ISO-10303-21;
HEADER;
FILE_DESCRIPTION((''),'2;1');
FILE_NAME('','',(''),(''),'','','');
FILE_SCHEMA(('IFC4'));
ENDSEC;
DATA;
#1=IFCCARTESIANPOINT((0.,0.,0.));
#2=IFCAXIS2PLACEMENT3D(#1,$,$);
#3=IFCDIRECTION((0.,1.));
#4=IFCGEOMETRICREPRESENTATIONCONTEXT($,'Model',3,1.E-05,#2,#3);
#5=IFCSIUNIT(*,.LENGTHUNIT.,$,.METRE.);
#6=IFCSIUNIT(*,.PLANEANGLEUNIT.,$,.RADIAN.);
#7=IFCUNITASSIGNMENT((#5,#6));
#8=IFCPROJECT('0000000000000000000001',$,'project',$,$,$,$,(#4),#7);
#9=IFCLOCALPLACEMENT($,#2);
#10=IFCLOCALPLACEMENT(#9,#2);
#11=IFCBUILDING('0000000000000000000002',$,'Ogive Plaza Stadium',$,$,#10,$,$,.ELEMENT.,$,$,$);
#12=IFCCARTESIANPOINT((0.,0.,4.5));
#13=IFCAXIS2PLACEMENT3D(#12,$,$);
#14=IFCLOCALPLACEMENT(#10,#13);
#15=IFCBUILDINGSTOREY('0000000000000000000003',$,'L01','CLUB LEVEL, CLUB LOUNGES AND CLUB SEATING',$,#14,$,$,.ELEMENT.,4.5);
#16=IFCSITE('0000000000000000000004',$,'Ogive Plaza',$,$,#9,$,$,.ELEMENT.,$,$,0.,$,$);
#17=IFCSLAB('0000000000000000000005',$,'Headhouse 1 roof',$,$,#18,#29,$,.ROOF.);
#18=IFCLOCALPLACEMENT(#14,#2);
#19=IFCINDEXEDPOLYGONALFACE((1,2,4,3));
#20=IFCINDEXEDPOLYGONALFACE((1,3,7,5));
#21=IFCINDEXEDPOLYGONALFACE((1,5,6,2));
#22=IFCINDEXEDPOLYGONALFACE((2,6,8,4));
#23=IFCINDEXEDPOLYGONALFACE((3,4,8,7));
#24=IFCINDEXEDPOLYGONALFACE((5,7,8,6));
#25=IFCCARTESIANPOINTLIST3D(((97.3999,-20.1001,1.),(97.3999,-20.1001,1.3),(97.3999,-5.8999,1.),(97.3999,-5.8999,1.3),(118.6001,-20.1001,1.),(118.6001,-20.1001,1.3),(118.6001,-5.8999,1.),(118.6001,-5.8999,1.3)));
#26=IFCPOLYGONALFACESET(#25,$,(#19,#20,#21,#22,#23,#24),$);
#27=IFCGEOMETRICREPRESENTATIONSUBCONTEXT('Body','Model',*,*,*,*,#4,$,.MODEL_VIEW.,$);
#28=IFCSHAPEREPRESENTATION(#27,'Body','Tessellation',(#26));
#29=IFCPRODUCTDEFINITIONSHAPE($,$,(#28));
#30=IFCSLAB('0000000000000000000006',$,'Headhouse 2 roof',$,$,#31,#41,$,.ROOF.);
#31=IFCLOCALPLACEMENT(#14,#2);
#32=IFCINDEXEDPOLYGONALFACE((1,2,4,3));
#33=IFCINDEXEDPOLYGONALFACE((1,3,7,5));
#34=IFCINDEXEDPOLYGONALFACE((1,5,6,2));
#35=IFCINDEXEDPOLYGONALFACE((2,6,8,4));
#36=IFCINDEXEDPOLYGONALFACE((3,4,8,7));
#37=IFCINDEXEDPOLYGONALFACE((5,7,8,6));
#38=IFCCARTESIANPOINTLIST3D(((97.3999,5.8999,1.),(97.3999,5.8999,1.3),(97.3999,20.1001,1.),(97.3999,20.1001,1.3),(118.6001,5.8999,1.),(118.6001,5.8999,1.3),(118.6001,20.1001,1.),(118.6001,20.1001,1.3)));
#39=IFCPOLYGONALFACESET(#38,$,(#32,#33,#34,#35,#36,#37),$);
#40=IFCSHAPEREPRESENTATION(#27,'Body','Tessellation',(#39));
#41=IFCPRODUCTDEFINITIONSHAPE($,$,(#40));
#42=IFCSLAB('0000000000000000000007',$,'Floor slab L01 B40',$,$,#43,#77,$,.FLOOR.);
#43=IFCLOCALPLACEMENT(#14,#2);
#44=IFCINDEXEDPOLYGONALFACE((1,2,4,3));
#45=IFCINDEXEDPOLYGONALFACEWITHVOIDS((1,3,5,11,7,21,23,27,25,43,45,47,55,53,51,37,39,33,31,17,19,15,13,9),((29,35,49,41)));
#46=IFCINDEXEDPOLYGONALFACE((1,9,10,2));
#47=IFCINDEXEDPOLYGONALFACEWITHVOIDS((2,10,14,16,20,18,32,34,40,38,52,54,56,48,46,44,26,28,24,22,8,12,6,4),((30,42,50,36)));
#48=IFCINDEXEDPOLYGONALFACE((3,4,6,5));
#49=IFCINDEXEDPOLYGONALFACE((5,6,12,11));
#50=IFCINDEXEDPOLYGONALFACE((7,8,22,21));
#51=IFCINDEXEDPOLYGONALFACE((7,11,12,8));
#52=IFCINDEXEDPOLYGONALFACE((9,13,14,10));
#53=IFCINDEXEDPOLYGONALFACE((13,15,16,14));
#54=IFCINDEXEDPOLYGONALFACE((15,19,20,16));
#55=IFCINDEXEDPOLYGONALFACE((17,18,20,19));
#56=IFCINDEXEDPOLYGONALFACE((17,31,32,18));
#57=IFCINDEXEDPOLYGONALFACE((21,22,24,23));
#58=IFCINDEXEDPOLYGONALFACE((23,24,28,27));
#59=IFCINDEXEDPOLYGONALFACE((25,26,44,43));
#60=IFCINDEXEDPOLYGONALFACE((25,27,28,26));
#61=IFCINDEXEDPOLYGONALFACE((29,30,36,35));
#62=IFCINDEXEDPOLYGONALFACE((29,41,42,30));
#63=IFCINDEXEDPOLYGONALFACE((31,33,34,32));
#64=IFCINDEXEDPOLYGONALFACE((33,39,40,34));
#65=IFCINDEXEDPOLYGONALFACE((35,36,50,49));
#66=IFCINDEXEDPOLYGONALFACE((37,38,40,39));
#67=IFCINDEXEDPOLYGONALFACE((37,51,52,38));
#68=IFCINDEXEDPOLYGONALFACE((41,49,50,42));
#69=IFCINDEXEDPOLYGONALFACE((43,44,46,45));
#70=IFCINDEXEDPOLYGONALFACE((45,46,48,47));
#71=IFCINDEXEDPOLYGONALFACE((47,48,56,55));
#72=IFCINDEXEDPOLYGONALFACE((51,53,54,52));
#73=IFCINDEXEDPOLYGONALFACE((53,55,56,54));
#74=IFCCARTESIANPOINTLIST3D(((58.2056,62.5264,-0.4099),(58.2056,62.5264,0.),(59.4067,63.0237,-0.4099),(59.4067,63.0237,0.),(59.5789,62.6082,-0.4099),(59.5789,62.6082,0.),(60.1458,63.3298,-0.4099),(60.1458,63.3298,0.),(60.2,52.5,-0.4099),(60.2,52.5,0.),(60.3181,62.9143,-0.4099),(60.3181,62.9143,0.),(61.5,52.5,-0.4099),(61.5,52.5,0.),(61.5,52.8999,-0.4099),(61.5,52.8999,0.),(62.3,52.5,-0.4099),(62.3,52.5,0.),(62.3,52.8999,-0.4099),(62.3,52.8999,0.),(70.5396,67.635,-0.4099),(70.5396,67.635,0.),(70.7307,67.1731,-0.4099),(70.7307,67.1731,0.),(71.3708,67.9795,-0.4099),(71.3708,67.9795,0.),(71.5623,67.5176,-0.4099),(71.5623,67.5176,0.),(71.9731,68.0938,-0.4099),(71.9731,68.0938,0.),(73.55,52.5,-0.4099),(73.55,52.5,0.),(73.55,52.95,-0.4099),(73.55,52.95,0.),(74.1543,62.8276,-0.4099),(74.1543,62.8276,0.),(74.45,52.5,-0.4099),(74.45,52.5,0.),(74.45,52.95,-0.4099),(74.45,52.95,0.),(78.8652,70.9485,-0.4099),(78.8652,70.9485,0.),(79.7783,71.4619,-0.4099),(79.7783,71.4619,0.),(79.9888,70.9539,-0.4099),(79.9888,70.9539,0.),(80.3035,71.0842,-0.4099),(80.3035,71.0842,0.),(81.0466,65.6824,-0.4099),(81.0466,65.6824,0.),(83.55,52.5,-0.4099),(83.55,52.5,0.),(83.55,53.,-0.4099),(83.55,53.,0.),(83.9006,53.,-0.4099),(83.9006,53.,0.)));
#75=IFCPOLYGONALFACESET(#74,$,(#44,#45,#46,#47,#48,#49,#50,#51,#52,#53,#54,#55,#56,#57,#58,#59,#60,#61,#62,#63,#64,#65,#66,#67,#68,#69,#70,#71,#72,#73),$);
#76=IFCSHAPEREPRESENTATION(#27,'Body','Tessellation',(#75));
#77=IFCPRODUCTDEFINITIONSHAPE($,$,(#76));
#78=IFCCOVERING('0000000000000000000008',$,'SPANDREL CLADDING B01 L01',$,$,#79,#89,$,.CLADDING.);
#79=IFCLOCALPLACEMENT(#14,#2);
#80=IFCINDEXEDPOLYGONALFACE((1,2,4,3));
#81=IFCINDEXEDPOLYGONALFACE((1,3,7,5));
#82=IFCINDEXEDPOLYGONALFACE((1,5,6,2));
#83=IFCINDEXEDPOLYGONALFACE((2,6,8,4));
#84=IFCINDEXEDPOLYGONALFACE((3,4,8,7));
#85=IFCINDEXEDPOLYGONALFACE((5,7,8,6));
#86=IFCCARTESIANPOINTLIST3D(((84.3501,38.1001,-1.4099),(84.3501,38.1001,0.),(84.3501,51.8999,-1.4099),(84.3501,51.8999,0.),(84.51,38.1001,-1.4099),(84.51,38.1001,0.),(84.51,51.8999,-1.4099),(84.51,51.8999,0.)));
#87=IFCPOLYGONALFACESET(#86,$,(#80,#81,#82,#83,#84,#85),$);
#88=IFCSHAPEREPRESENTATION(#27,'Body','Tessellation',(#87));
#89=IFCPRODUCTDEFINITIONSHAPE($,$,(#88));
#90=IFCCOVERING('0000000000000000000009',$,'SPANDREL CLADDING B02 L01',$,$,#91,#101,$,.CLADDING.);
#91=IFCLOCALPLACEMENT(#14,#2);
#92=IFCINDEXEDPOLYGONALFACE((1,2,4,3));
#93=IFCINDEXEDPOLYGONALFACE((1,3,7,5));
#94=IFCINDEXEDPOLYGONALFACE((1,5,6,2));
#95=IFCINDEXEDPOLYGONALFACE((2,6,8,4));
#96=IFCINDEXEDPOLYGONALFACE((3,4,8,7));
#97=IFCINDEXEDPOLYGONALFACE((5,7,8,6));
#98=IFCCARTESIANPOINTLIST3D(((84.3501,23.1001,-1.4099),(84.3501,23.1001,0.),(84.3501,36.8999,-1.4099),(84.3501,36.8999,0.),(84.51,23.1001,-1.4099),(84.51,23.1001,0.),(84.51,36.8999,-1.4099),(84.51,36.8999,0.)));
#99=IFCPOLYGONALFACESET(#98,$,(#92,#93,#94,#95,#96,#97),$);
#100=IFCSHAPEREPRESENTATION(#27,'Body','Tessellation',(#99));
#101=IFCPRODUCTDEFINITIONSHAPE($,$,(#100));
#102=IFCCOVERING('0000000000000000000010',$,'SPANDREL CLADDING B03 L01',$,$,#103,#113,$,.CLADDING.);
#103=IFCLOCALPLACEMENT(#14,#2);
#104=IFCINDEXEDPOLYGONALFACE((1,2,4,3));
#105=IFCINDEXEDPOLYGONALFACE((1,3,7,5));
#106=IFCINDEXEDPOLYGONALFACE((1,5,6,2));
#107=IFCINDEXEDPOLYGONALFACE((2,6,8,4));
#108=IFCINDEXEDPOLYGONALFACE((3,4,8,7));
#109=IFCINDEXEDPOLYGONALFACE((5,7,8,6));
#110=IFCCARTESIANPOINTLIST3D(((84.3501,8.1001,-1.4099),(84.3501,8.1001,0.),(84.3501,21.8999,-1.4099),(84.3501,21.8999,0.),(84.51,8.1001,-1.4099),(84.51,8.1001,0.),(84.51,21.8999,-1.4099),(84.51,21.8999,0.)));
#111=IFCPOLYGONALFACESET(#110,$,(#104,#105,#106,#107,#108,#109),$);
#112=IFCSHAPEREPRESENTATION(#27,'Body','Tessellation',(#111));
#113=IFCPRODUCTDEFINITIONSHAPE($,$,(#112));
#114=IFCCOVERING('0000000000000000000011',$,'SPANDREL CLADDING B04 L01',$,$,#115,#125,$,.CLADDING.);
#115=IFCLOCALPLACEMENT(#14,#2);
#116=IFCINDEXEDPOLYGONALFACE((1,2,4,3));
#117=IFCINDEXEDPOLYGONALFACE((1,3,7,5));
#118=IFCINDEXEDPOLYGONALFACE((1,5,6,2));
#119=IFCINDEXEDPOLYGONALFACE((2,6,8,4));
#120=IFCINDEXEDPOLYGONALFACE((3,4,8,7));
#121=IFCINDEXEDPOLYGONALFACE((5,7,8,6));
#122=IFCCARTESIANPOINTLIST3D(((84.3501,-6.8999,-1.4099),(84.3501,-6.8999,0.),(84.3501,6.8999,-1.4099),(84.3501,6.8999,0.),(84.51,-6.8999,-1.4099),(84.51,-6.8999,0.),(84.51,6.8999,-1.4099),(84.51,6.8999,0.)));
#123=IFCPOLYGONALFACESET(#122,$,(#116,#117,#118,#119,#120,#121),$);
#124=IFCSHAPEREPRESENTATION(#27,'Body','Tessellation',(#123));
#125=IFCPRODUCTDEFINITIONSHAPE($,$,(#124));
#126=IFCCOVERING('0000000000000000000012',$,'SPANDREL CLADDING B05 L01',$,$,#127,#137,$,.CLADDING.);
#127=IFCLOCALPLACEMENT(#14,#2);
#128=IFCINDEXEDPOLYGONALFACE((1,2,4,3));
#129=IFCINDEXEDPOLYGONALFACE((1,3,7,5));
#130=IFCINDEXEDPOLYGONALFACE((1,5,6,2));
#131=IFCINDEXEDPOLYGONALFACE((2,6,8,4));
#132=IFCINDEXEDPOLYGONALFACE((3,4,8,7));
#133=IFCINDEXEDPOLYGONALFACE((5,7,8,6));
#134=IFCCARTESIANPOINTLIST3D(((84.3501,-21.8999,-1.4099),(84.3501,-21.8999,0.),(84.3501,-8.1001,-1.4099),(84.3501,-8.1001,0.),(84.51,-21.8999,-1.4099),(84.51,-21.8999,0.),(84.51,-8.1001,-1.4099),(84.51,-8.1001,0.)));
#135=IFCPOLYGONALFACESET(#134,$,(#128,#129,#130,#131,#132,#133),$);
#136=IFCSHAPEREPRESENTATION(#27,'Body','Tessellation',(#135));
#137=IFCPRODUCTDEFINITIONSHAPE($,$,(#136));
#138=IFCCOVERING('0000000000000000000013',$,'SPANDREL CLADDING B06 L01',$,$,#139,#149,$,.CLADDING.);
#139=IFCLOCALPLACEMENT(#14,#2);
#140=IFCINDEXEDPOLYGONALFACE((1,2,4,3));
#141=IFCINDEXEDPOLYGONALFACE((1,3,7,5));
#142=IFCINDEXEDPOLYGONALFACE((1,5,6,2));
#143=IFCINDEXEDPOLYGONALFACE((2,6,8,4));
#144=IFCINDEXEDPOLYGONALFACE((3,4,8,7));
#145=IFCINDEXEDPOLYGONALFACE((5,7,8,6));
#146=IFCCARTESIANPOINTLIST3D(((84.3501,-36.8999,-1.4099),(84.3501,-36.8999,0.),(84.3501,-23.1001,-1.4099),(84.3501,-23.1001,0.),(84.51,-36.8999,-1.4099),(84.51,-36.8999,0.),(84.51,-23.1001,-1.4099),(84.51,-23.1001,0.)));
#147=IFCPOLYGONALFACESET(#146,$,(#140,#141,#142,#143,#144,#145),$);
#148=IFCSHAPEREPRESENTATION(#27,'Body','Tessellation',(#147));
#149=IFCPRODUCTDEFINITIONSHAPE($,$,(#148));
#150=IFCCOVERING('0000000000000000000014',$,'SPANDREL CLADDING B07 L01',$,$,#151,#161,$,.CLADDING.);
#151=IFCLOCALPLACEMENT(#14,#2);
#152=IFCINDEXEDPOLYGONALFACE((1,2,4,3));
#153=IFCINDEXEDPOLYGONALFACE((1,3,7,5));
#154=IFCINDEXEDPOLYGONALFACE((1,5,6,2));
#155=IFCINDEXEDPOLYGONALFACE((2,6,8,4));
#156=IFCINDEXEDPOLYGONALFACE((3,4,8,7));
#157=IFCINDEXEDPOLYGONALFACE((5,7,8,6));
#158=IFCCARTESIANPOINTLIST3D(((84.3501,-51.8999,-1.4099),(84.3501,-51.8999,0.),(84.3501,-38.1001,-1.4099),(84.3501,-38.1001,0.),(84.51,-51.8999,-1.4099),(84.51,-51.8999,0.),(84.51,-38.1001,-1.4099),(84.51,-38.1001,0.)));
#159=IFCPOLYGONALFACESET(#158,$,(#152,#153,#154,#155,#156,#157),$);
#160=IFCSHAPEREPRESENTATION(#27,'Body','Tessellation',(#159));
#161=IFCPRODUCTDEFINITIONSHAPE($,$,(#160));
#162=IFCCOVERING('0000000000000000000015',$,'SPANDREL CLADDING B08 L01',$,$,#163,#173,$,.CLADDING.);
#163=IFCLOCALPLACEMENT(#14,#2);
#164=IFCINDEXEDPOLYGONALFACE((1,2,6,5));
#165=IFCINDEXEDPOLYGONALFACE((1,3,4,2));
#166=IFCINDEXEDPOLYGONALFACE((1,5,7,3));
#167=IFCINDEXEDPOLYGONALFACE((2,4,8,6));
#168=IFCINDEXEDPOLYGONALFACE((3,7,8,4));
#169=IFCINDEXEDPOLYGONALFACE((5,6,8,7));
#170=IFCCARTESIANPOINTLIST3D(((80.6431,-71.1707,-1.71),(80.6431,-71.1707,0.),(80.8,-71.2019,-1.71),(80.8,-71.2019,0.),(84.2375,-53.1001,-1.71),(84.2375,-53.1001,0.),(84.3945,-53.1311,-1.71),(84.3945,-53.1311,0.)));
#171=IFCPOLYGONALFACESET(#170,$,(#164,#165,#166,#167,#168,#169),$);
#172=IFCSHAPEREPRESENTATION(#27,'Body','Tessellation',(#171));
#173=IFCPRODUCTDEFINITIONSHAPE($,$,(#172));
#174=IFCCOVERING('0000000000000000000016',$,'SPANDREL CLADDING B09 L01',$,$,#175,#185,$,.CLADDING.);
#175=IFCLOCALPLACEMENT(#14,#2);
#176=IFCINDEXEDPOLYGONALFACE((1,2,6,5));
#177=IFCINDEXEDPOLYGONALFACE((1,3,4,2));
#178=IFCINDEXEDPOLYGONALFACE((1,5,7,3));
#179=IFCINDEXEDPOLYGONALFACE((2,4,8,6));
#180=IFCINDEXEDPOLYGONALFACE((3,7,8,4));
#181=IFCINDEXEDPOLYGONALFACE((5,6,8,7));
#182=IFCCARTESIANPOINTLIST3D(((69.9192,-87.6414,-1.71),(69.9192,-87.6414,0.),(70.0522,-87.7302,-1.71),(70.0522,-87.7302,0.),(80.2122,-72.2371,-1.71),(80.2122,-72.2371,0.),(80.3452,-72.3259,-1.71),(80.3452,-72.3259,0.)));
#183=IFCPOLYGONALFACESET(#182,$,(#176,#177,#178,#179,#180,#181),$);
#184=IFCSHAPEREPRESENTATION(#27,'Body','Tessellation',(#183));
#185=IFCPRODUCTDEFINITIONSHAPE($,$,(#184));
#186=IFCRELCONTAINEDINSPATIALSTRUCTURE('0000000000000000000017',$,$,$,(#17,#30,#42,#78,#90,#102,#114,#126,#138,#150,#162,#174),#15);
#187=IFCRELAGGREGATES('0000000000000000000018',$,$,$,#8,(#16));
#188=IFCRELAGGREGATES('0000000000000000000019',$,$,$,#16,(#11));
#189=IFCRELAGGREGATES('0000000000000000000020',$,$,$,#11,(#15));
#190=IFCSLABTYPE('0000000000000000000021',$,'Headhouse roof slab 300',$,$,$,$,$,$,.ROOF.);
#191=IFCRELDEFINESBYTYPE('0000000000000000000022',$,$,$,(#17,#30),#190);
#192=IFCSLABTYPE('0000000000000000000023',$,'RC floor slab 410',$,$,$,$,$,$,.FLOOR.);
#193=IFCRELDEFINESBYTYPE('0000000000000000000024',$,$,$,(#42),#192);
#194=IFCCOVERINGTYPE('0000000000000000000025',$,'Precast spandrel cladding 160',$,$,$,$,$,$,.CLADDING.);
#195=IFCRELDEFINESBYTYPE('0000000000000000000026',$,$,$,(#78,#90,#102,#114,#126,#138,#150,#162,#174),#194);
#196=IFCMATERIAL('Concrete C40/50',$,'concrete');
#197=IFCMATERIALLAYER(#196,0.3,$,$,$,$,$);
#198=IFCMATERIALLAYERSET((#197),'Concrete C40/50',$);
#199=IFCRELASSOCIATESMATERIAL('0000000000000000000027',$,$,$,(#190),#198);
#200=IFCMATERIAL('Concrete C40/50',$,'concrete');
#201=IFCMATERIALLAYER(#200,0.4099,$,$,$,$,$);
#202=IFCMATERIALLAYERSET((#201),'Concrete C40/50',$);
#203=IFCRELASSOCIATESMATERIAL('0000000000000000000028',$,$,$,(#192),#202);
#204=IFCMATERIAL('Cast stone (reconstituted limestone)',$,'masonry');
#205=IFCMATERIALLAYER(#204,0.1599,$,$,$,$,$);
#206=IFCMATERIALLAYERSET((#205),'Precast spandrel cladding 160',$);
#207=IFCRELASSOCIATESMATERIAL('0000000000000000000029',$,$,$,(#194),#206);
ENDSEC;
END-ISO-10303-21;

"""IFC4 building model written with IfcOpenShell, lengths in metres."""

from ifc_helpers import new_model, si_unit, direction, frame, origin, place, context, subcontext, project, spatial, polyline, outline, extrude, material, layer, layer_set, type_object, element, save


model = new_model("IFC4")

# Units and contexts
model_context = context("Model", 3, precision=1e-05, world=origin(), true_north=direction((0.0, 1.0)))
body_context = subcontext(model_context, "Body", "Model", "MODEL_VIEW")
ifc_project = project(units=[si_unit("LENGTHUNIT", "METRE"), si_unit("PLANEANGLEUNIT", "RADIAN")], contexts=[model_context])

# Site, building, storey
site_placement = place(None, origin())
site = spatial("IfcSite", under=ifc_project, at=site_placement, Name="Ogive Plaza", CompositionType="ELEMENT", RefElevation=0.0)
building_placement = place(site_placement, origin())
building = spatial("IfcBuilding", under=site, at=building_placement, Name="Ogive Plaza Stadium", CompositionType="ELEMENT")
storey_placement = place(building_placement, frame((0.0, 0.0, 4.5)))
storey = spatial("IfcBuildingStorey", under=building, at=storey_placement, Name="L01", Description="CLUB LEVEL, CLUB LOUNGES AND CLUB SEATING", CompositionType="ELEMENT", Elevation=4.5)

# Slabs
ifc_material_1 = material(Name="Concrete C40/50", Category="concrete")
ifc_layer_1 = layer(ifc_material_1, 0.3)
ifc_layer_set_1 = layer_set([ifc_layer_1], Name="Concrete C40/50")
slab_type_1 = type_object("IfcSlabType", Name="Headhouse roof slab 300", PredefinedType="ROOF", material=ifc_layer_set_1)
slab_1_placement = place(storey_placement, frame((0.0, 0.0, 1.0)))
element("IfcSlab", 1, at=slab_1_placement, inside=storey, type_object=slab_type_1, Name="Headhouse 1 roof", PredefinedType="ROOF", context=body_context, shape_type="SweptSolid", body=[
    extrude(outline(polyline([(97.3999, -20.1001), (118.6001, -20.1001), (118.6001, -5.8999), (97.3999, -5.8999), (97.3999, -20.1001)])), origin(), (0.0, 0.0, 1.0), 0.3),
])
slab_2_placement = place(storey_placement, frame((0.0, 0.0, 1.0)))
element("IfcSlab", 2, at=slab_2_placement, inside=storey, type_object=slab_type_1, Name="Headhouse 2 roof", PredefinedType="ROOF", context=body_context, shape_type="SweptSolid", body=[
    extrude(outline(polyline([(97.3999, 5.8999), (118.6001, 5.8999), (118.6001, 20.1001), (97.3999, 20.1001), (97.3999, 5.8999)])), origin(), (0.0, 0.0, 1.0), 0.3),
])
ifc_material_2 = material(Name="Concrete C40/50", Category="concrete")
ifc_layer_2 = layer(ifc_material_2, 0.4099)
ifc_layer_set_2 = layer_set([ifc_layer_2], Name="Concrete C40/50")
slab_type_2 = type_object("IfcSlabType", Name="RC floor slab 410", PredefinedType="FLOOR", material=ifc_layer_set_2)
slab_3_placement = place(storey_placement, frame((0.0, 0.0, -0.4099)))
element("IfcSlab", 3, at=slab_3_placement, inside=storey, type_object=slab_type_2, Name="Floor slab L01 B40", PredefinedType="FLOOR", context=body_context, shape_type="SweptSolid", body=[
    extrude(outline(polyline([(61.5, 52.5), (61.5, 52.8999), (62.3, 52.8999), (62.3, 52.5), (73.55, 52.5), (73.55, 52.95), (74.45, 52.95), (74.45, 52.5), (83.55, 52.5), (83.55, 53.0), (83.9006, 53.0), (80.3035, 71.0842), (79.9888, 70.9539), (79.7783, 71.4619), (71.3708, 67.9795), (71.5623, 67.5176), (70.7307, 67.1731), (70.5396, 67.635), (60.1458, 63.3298), (60.3181, 62.9143), (59.5789, 62.6082), (59.4067, 63.0237), (58.2056, 62.5264), (60.2, 52.5), (61.5, 52.5)]), holes=[polyline([(71.9731, 68.0938), (74.1543, 62.8276), (81.0466, 65.6824), (78.8652, 70.9485), (71.9731, 68.0938)])]), origin(), (0.0, 0.0, 1.0), 0.4099),
])

# Coverings
ifc_material_3 = material(Name="Cast stone (reconstituted limestone)", Category="masonry")
ifc_layer_3 = layer(ifc_material_3, 0.1599)
ifc_layer_set_3 = layer_set([ifc_layer_3], Name="Precast spandrel cladding 160")
covering_type = type_object("IfcCoveringType", Name="Precast spandrel cladding 160", PredefinedType="CLADDING", material=ifc_layer_set_3)
covering_1_placement = place(storey_placement, frame((0.0, 0.0, -1.4099)))
element("IfcCovering", 4, at=covering_1_placement, inside=storey, type_object=covering_type, Name="SPANDREL CLADDING B01 L01", PredefinedType="CLADDING", context=body_context, shape_type="SweptSolid", body=[
    extrude(outline(polyline([(84.3501, 51.8999), (84.3501, 38.1001), (84.51, 38.1001), (84.51, 51.8999), (84.3501, 51.8999)])), origin(), (0.0, 0.0, 1.0), 1.4099),
])
covering_2_placement = place(storey_placement, frame((0.0, 0.0, -1.4099)))
element("IfcCovering", 5, at=covering_2_placement, inside=storey, type_object=covering_type, Name="SPANDREL CLADDING B02 L01", PredefinedType="CLADDING", context=body_context, shape_type="SweptSolid", body=[
    extrude(outline(polyline([(84.3501, 36.8999), (84.3501, 23.1001), (84.51, 23.1001), (84.51, 36.8999), (84.3501, 36.8999)])), origin(), (0.0, 0.0, 1.0), 1.4099),
])
covering_3_placement = place(storey_placement, frame((0.0, 0.0, -1.4099)))
element("IfcCovering", 6, at=covering_3_placement, inside=storey, type_object=covering_type, Name="SPANDREL CLADDING B03 L01", PredefinedType="CLADDING", context=body_context, shape_type="SweptSolid", body=[
    extrude(outline(polyline([(84.3501, 21.8999), (84.3501, 8.1001), (84.51, 8.1001), (84.51, 21.8999), (84.3501, 21.8999)])), origin(), (0.0, 0.0, 1.0), 1.4099),
])
covering_4_placement = place(storey_placement, frame((0.0, 0.0, -1.4099)))
element("IfcCovering", 7, at=covering_4_placement, inside=storey, type_object=covering_type, Name="SPANDREL CLADDING B04 L01", PredefinedType="CLADDING", context=body_context, shape_type="SweptSolid", body=[
    extrude(outline(polyline([(84.3501, 6.8999), (84.3501, -6.8999), (84.51, -6.8999), (84.51, 6.8999), (84.3501, 6.8999)])), origin(), (0.0, 0.0, 1.0), 1.4099),
])
covering_5_placement = place(storey_placement, frame((0.0, 0.0, -1.4099)))
element("IfcCovering", 8, at=covering_5_placement, inside=storey, type_object=covering_type, Name="SPANDREL CLADDING B05 L01", PredefinedType="CLADDING", context=body_context, shape_type="SweptSolid", body=[
    extrude(outline(polyline([(84.3501, -8.1001), (84.3501, -21.8999), (84.51, -21.8999), (84.51, -8.1001), (84.3501, -8.1001)])), origin(), (0.0, 0.0, 1.0), 1.4099),
])
covering_6_placement = place(storey_placement, frame((0.0, 0.0, -1.4099)))
element("IfcCovering", 9, at=covering_6_placement, inside=storey, type_object=covering_type, Name="SPANDREL CLADDING B06 L01", PredefinedType="CLADDING", context=body_context, shape_type="SweptSolid", body=[
    extrude(outline(polyline([(84.3501, -23.1001), (84.3501, -36.8999), (84.51, -36.8999), (84.51, -23.1001), (84.3501, -23.1001)])), origin(), (0.0, 0.0, 1.0), 1.4099),
])
covering_7_placement = place(storey_placement, frame((0.0, 0.0, -1.4099)))
element("IfcCovering", 10, at=covering_7_placement, inside=storey, type_object=covering_type, Name="SPANDREL CLADDING B07 L01", PredefinedType="CLADDING", context=body_context, shape_type="SweptSolid", body=[
    extrude(outline(polyline([(84.3501, -38.1001), (84.3501, -51.8999), (84.51, -51.8999), (84.51, -38.1001), (84.3501, -38.1001)])), origin(), (0.0, 0.0, 1.0), 1.4099),
])
covering_8_placement = place(storey_placement, frame((0.0, 0.0, -1.71)))
element("IfcCovering", 11, at=covering_8_placement, inside=storey, type_object=covering_type, Name="SPANDREL CLADDING B08 L01", PredefinedType="CLADDING", context=body_context, shape_type="SweptSolid", body=[
    extrude(outline(polyline([(84.2375, -53.1001), (80.6431, -71.1707), (80.8, -71.2019), (84.3945, -53.1311), (84.2375, -53.1001)])), origin(), (0.0, 0.0, 1.0), 1.71),
])
covering_9_placement = place(storey_placement, frame((0.0, 0.0, -1.71)))
element("IfcCovering", 12, at=covering_9_placement, inside=storey, type_object=covering_type, Name="SPANDREL CLADDING B09 L01", PredefinedType="CLADDING", context=body_context, shape_type="SweptSolid", body=[
    extrude(outline(polyline([(80.2122, -72.2371), (69.9192, -87.6414), (70.0522, -87.7302), (80.3452, -72.3259), (80.2122, -72.2371)])), origin(), (0.0, 0.0, 1.0), 1.71),
])

save(model, "model.ifc")
